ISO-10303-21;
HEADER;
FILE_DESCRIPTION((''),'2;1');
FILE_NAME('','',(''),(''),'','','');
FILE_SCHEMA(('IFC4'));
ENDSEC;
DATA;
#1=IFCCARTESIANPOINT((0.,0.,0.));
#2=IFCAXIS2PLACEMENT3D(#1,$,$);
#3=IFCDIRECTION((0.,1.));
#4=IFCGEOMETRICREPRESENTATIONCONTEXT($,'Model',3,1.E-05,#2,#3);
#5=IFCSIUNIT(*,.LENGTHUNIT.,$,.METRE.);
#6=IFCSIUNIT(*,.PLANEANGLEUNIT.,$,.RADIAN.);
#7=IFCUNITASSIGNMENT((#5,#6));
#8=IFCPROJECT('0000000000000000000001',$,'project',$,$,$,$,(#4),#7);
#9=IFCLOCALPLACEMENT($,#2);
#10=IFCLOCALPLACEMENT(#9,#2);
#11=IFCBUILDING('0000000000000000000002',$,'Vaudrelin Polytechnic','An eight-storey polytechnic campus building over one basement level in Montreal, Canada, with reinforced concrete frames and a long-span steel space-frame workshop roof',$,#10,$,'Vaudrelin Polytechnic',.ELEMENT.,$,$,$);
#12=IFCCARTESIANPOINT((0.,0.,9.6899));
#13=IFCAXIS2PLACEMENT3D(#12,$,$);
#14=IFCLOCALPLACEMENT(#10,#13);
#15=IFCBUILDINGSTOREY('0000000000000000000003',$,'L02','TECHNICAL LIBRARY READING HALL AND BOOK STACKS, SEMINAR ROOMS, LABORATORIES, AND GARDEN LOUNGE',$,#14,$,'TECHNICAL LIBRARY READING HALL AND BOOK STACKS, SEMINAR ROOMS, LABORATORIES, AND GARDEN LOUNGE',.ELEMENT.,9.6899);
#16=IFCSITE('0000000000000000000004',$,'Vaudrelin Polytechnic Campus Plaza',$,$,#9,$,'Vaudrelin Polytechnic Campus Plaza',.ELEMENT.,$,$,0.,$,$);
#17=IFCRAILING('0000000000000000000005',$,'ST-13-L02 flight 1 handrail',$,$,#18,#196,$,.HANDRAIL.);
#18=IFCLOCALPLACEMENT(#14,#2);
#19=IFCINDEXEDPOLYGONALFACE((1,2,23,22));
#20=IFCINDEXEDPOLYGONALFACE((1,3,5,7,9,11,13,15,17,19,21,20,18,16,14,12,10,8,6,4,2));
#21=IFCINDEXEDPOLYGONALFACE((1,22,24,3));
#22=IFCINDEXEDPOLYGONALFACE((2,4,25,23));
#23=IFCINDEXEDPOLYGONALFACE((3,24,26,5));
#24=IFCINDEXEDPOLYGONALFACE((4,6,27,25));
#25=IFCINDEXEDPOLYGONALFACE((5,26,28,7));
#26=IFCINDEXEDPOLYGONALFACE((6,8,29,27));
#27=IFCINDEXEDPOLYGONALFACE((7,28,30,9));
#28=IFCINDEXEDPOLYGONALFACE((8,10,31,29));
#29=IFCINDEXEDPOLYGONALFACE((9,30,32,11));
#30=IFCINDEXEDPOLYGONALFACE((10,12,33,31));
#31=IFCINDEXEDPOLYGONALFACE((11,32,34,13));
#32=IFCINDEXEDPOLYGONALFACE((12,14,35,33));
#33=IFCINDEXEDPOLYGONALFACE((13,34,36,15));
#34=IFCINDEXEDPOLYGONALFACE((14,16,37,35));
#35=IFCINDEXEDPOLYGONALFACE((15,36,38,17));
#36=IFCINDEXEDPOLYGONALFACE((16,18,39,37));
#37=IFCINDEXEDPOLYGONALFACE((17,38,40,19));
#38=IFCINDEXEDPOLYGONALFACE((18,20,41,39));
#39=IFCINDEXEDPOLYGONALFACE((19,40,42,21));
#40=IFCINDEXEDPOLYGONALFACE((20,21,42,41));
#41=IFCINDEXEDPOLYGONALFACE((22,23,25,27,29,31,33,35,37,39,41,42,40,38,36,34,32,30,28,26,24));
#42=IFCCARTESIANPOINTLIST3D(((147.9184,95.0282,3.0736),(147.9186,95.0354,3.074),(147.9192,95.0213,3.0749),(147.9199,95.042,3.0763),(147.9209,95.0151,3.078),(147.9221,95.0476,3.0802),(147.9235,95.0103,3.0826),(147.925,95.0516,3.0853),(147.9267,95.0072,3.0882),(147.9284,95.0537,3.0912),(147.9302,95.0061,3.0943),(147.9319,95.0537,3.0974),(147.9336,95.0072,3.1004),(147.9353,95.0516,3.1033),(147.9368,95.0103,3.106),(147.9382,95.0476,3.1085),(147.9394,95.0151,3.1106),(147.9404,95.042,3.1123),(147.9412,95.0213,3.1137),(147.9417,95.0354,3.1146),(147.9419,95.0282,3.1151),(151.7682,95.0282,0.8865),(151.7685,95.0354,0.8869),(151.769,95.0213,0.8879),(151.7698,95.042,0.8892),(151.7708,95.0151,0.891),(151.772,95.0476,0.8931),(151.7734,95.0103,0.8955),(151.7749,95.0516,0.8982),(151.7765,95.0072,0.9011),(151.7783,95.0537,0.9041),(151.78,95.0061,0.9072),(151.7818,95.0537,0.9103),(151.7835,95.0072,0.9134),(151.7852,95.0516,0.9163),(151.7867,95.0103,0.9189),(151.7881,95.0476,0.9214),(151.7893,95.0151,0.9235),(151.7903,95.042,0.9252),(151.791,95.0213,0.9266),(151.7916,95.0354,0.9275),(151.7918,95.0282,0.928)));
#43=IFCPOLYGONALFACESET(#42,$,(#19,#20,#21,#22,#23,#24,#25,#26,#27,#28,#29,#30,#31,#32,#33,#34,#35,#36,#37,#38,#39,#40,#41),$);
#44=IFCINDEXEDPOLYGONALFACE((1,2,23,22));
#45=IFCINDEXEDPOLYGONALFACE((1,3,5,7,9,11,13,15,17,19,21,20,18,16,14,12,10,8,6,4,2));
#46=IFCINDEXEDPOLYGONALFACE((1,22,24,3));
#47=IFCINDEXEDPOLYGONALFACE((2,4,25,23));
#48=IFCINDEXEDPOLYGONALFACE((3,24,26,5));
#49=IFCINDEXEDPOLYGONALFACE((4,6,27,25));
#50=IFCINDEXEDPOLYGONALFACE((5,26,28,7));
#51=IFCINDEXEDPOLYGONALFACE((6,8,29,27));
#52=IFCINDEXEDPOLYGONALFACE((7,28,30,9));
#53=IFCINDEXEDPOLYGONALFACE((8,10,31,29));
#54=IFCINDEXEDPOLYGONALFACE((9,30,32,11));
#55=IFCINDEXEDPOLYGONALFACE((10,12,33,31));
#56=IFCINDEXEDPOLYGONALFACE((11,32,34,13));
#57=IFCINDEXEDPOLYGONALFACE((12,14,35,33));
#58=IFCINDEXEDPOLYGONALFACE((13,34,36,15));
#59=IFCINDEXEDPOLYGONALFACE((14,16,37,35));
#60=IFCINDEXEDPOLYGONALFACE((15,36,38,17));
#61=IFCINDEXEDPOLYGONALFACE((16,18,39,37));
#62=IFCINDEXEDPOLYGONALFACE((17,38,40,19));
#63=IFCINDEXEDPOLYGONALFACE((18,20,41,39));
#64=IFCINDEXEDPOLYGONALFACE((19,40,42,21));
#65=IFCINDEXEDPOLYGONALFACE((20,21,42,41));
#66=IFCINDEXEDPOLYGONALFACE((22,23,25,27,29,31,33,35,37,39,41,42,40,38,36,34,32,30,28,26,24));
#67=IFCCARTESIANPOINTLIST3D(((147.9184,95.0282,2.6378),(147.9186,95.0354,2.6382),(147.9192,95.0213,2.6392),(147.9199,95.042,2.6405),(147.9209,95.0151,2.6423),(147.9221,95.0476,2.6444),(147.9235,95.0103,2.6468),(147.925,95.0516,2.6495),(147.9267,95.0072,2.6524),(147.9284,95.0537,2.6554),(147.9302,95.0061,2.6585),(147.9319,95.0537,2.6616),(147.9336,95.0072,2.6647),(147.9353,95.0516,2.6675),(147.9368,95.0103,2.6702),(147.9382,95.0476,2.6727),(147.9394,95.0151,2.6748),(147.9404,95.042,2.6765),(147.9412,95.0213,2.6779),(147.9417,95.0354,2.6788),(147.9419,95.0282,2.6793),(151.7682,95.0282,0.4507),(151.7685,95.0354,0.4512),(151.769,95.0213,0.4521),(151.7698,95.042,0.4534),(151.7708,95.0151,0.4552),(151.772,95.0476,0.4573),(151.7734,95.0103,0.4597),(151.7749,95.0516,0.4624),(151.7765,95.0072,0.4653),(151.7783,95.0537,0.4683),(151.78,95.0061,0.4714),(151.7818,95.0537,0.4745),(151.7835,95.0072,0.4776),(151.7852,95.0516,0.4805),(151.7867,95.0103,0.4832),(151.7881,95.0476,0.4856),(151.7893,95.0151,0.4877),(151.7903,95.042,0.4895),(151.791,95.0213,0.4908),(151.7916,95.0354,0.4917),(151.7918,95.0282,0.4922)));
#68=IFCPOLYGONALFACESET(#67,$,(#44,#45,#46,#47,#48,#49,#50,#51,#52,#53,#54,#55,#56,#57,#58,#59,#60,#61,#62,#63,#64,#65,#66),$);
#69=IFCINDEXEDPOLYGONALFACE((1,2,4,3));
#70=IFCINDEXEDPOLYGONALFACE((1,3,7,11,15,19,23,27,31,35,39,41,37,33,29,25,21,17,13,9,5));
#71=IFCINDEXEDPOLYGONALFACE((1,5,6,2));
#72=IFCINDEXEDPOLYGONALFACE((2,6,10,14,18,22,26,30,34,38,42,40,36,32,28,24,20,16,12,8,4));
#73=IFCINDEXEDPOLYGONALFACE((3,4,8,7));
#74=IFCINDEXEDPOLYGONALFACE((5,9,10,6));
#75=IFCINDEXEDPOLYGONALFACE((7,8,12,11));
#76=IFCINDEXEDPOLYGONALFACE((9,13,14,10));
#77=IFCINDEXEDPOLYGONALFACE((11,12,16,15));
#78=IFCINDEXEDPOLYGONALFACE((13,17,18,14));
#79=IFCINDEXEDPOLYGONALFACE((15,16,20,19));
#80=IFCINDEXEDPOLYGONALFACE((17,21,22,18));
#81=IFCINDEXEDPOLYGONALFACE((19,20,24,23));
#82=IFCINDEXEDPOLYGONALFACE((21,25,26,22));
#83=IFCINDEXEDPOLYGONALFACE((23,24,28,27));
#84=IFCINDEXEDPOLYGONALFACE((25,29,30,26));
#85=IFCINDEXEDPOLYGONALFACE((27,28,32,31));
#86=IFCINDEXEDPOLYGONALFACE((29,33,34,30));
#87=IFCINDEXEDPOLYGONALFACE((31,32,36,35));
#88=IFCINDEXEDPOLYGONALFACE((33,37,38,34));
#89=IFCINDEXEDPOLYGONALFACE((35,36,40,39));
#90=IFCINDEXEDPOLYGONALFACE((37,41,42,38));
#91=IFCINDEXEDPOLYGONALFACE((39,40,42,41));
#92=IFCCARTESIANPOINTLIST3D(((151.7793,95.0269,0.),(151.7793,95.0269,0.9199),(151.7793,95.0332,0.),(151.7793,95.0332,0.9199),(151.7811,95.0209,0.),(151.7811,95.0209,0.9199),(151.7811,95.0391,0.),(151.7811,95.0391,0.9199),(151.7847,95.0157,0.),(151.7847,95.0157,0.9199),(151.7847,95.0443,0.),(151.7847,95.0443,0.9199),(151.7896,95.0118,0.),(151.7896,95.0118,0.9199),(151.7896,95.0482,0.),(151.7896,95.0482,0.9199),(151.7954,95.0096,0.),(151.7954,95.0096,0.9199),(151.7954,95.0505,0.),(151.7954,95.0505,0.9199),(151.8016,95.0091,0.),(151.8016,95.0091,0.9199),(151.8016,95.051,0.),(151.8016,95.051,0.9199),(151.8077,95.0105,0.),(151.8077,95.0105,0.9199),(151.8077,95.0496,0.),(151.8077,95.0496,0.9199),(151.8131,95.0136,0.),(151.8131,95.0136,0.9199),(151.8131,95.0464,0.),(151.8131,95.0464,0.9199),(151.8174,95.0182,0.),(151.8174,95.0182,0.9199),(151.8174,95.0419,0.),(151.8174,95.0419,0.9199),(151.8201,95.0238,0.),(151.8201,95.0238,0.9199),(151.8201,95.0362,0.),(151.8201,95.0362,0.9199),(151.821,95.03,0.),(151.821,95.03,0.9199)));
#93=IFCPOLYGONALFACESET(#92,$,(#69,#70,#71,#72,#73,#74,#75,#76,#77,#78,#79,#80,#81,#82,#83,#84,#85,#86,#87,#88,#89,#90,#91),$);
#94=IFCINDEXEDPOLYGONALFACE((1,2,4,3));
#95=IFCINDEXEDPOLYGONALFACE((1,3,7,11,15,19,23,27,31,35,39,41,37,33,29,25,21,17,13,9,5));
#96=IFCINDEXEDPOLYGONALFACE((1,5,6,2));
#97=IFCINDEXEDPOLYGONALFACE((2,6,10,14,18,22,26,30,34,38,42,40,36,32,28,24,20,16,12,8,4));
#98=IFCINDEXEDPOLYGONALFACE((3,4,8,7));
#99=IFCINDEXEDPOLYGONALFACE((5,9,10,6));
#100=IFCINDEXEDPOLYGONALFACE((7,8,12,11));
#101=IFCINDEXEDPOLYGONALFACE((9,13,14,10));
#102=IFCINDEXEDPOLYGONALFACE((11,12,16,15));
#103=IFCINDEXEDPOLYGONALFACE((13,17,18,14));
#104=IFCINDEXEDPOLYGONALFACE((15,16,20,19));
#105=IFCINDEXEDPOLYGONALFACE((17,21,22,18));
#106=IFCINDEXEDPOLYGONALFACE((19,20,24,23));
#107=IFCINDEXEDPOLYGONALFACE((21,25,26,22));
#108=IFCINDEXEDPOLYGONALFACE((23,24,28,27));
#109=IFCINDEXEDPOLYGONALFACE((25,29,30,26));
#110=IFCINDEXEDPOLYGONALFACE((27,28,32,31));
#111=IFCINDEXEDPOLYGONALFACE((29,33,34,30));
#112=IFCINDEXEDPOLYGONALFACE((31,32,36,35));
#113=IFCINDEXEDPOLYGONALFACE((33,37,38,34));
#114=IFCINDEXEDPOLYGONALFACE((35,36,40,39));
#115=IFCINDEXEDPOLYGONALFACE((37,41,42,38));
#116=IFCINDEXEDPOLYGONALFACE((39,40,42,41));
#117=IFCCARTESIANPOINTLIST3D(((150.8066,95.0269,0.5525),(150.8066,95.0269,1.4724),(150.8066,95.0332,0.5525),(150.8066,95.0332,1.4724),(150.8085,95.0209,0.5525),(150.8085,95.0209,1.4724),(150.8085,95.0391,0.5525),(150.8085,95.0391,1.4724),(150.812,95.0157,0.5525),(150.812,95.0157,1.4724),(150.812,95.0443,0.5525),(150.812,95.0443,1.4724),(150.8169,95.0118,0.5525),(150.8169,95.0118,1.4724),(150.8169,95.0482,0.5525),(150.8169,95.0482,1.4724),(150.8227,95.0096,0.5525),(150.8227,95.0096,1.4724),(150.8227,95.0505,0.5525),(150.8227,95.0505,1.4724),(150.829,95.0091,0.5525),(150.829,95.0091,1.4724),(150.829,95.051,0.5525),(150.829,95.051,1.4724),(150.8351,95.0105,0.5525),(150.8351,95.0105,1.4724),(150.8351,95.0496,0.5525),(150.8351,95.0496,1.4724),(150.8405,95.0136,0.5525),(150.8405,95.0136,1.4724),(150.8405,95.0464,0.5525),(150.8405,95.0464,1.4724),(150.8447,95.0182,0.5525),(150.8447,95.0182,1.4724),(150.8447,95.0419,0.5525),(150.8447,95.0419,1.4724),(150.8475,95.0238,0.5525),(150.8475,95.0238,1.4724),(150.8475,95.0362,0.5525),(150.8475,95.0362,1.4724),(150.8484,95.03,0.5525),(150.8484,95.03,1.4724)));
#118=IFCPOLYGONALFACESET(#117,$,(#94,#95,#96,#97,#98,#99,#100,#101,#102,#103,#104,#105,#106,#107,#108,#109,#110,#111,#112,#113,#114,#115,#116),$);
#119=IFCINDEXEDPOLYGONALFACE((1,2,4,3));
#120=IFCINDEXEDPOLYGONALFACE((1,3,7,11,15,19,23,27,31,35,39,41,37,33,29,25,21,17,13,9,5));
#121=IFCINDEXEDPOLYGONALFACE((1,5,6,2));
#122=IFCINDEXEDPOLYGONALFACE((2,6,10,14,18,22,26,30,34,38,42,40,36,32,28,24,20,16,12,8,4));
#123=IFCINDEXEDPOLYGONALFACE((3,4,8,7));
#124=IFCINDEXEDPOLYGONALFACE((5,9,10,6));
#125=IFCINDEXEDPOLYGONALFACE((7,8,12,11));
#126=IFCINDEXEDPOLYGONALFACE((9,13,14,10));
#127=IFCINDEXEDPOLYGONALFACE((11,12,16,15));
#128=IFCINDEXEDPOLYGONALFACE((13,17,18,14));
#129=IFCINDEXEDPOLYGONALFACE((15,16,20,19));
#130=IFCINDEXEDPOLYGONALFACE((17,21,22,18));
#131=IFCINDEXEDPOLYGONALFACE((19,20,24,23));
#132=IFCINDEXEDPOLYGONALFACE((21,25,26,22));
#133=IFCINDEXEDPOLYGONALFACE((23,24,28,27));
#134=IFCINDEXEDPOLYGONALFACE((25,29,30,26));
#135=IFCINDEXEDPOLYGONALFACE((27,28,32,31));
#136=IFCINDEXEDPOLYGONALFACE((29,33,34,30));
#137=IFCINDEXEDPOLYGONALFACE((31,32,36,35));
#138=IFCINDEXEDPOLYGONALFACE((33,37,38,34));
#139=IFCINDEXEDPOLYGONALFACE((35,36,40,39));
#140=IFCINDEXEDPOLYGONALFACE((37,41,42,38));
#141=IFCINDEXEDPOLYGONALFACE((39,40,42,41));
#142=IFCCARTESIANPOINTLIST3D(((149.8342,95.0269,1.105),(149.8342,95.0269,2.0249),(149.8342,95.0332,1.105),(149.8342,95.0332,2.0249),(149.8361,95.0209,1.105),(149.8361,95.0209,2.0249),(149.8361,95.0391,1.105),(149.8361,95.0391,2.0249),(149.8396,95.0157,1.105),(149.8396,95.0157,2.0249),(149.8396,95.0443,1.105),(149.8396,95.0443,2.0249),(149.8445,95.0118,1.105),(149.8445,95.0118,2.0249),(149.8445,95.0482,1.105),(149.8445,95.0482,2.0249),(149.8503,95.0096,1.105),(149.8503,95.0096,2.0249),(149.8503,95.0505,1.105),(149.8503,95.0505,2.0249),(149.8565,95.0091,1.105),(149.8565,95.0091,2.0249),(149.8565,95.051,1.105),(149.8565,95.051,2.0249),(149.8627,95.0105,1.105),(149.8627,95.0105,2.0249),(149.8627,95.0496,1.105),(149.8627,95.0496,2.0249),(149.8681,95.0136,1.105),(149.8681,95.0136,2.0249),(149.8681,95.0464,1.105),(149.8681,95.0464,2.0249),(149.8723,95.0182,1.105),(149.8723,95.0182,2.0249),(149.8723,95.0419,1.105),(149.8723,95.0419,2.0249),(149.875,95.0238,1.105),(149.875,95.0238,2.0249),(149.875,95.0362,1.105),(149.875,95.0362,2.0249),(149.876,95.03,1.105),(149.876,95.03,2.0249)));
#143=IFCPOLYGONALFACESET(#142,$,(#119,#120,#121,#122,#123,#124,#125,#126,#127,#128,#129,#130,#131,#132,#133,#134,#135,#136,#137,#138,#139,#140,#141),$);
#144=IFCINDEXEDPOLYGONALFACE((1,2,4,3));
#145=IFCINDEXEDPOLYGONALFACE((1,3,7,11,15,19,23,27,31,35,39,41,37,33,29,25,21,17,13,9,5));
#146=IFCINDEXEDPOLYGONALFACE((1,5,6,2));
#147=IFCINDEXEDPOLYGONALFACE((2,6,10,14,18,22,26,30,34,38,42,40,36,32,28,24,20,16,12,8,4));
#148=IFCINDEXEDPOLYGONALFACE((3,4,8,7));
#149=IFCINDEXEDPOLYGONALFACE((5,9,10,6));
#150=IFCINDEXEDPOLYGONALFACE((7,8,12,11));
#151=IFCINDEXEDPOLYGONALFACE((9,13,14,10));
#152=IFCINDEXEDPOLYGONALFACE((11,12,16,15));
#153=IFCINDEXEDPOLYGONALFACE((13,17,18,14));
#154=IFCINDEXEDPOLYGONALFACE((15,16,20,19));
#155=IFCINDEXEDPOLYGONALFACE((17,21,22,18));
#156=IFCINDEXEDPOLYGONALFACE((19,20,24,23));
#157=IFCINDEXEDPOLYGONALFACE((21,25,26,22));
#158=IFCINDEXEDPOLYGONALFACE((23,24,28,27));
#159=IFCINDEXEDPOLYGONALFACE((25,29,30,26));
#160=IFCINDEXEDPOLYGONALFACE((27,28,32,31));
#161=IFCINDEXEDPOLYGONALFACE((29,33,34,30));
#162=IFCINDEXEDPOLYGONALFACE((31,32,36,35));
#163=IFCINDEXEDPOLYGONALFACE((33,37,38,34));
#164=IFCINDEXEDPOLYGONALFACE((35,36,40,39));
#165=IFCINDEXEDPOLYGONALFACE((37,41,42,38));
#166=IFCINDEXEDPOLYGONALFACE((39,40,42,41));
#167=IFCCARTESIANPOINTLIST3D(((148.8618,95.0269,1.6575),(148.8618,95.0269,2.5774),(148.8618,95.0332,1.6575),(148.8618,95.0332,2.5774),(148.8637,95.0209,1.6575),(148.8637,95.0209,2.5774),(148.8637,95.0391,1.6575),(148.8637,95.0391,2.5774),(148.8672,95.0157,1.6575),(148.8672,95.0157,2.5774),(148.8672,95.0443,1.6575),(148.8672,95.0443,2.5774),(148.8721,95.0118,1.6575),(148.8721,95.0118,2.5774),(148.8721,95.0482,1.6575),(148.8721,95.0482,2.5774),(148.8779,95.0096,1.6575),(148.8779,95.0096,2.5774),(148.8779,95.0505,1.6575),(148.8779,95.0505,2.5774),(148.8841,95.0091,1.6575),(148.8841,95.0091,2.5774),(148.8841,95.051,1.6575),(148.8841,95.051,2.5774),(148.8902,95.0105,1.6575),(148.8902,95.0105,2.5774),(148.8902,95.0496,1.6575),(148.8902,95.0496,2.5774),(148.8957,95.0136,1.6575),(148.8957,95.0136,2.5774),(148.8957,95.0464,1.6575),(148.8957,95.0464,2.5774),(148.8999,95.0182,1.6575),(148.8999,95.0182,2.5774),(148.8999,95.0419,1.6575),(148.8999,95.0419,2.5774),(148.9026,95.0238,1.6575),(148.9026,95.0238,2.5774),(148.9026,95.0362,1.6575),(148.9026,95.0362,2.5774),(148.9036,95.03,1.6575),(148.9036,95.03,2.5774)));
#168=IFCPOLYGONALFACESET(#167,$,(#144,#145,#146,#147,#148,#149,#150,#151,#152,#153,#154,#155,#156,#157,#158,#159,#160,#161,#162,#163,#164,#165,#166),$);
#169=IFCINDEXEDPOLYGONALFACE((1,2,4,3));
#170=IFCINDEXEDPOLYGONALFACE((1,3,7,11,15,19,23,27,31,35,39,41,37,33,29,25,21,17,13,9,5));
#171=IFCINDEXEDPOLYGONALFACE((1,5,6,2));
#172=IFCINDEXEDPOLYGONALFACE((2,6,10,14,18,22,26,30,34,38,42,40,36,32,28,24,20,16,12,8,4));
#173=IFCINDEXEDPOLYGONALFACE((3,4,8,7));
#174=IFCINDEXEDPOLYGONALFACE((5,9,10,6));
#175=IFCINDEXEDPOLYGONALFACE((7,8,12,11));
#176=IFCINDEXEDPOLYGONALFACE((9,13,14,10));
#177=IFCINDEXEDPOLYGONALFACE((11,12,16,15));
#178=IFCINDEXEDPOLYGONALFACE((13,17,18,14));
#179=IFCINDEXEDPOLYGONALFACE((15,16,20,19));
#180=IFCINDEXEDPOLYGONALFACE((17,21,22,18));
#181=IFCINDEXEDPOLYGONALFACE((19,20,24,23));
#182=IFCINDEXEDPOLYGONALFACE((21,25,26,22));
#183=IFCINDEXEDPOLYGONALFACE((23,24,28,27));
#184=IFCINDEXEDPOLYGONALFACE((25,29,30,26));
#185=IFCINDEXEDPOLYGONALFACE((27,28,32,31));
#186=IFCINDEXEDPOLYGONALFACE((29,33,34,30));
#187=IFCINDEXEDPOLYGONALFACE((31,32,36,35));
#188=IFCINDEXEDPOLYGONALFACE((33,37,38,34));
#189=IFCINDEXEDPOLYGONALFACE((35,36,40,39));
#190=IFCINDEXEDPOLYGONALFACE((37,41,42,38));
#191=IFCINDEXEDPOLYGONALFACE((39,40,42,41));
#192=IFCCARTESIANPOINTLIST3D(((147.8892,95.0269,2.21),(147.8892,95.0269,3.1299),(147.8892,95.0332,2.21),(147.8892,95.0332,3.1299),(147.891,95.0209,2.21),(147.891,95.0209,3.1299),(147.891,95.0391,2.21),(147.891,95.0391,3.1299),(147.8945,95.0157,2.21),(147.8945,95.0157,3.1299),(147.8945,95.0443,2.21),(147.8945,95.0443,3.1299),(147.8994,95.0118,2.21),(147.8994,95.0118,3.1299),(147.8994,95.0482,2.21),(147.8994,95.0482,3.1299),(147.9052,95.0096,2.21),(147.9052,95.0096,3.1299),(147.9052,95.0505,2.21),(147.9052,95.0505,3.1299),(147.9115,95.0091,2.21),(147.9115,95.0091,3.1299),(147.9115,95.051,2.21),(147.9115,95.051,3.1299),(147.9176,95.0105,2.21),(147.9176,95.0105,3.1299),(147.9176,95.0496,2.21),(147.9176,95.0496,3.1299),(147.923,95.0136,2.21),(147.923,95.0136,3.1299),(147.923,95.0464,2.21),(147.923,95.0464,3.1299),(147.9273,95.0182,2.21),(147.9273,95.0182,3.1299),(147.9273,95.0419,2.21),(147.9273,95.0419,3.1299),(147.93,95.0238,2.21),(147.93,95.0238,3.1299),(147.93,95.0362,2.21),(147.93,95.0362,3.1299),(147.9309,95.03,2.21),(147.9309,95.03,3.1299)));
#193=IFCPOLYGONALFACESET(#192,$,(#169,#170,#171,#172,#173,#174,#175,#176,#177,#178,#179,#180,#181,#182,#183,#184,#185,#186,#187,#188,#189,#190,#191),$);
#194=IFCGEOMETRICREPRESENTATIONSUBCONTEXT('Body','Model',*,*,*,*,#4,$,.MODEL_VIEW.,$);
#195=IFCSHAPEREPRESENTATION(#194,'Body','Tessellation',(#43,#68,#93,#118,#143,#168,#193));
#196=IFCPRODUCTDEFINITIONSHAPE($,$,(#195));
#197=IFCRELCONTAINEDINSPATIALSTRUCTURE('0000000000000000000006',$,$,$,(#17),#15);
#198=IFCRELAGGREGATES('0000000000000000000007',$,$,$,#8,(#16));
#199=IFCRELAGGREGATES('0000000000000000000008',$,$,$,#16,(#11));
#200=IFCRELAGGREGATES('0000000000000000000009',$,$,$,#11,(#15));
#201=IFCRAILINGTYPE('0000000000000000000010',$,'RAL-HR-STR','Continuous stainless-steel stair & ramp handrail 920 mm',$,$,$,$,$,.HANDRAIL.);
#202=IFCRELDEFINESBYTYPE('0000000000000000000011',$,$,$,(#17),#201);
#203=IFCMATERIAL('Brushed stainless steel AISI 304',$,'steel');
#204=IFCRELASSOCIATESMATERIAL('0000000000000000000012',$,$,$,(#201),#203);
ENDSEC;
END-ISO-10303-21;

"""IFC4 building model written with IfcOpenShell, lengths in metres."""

from ifc_helpers import new_model, si_unit, direction, frame, origin, origin_2d, place, context, subcontext, project, spatial, circle, extrude, material, type_object, element, save


model = new_model("IFC4")

# Units and contexts
model_context = context("Model", 3, precision=1e-05, world=origin(), true_north=direction((0.0, 1.0)))
body_context = subcontext(model_context, "Body", "Model", "MODEL_VIEW")
ifc_project = project(units=[si_unit("LENGTHUNIT", "METRE"), si_unit("PLANEANGLEUNIT", "RADIAN")], contexts=[model_context])

# Site, building, storey
site_placement = place(None, origin())
site = spatial("IfcSite", under=ifc_project, at=site_placement, Name="Vaudrelin Polytechnic Campus Plaza", LongName="Vaudrelin Polytechnic Campus Plaza", CompositionType="ELEMENT", RefElevation=0.0)
building_placement = place(site_placement, origin())
building = spatial("IfcBuilding", under=site, at=building_placement, Name="Vaudrelin Polytechnic", Description="An eight-storey polytechnic campus building over one basement level in Montreal, Canada, with reinforced concrete frames and a long-span steel space-frame workshop roof", LongName="Vaudrelin Polytechnic", CompositionType="ELEMENT")
storey_placement = place(building_placement, frame((0.0, 0.0, 9.6899)))
storey = spatial("IfcBuildingStorey", under=building, at=storey_placement, Name="L02", Description="TECHNICAL LIBRARY READING HALL AND BOOK STACKS, SEMINAR ROOMS, LABORATORIES, AND GARDEN LOUNGE", LongName="TECHNICAL LIBRARY READING HALL AND BOOK STACKS, SEMINAR ROOMS, LABORATORIES, AND GARDEN LOUNGE", CompositionType="ELEMENT", Elevation=9.6899)

# Shared definitions
ifc_material_1 = material(Name="Brushed stainless steel AISI 304", Category="steel")

# Railing
railing_type_1 = type_object("IfcRailingType", Name="RAL-HR-STR", Description="Continuous stainless-steel stair & ramp handrail 920 mm", PredefinedType="HANDRAIL", material=ifc_material_1)
railing_1_placement = place(storey_placement, frame((151.8, 95.03, 0.0)))
element("IfcRailing", 1, at=railing_1_placement, inside=storey, type_object=railing_type_1, Name="ST-13-L02 flight 1 handrail", PredefinedType="HANDRAIL", context=body_context, shape_type="SweptSolid", body=[
    extrude(circle(Radius=0.0239, at=origin_2d()), frame((-0.02, 0.0, 0.9072), z_axis=(-0.86949, 0.0, 0.493951), x_axis=(0.0, -1.0, 0.0)), (0.0, 0.0, 1.0), 4.4277),
    extrude(circle(Radius=0.0239, at=origin_2d()), frame((-0.02, 0.0, 0.4714), z_axis=(-0.86949, 0.0, 0.493951), x_axis=(0.0, -1.0, 0.0)), (0.0, 0.0, 1.0), 4.4277),
    extrude(circle(Radius=0.021, at=origin_2d()), origin(), (0.0, 0.0, 1.0), 0.9199),
    extrude(circle(Radius=0.021, at=origin_2d()), frame((-0.9727, 0.0, 0.5525)), (0.0, 0.0, 1.0), 0.9199),
    extrude(circle(Radius=0.021, at=origin_2d()), frame((-1.9451, 0.0, 1.105)), (0.0, 0.0, 1.0), 0.9199),
    extrude(circle(Radius=0.021, at=origin_2d()), frame((-2.9175, 0.0, 1.6575)), (0.0, 0.0, 1.0), 0.9199),
    extrude(circle(Radius=0.021, at=origin_2d()), frame((-3.8901, 0.0, 2.21)), (0.0, 0.0, 1.0), 0.9199),
])

save(model, "model.ifc")
